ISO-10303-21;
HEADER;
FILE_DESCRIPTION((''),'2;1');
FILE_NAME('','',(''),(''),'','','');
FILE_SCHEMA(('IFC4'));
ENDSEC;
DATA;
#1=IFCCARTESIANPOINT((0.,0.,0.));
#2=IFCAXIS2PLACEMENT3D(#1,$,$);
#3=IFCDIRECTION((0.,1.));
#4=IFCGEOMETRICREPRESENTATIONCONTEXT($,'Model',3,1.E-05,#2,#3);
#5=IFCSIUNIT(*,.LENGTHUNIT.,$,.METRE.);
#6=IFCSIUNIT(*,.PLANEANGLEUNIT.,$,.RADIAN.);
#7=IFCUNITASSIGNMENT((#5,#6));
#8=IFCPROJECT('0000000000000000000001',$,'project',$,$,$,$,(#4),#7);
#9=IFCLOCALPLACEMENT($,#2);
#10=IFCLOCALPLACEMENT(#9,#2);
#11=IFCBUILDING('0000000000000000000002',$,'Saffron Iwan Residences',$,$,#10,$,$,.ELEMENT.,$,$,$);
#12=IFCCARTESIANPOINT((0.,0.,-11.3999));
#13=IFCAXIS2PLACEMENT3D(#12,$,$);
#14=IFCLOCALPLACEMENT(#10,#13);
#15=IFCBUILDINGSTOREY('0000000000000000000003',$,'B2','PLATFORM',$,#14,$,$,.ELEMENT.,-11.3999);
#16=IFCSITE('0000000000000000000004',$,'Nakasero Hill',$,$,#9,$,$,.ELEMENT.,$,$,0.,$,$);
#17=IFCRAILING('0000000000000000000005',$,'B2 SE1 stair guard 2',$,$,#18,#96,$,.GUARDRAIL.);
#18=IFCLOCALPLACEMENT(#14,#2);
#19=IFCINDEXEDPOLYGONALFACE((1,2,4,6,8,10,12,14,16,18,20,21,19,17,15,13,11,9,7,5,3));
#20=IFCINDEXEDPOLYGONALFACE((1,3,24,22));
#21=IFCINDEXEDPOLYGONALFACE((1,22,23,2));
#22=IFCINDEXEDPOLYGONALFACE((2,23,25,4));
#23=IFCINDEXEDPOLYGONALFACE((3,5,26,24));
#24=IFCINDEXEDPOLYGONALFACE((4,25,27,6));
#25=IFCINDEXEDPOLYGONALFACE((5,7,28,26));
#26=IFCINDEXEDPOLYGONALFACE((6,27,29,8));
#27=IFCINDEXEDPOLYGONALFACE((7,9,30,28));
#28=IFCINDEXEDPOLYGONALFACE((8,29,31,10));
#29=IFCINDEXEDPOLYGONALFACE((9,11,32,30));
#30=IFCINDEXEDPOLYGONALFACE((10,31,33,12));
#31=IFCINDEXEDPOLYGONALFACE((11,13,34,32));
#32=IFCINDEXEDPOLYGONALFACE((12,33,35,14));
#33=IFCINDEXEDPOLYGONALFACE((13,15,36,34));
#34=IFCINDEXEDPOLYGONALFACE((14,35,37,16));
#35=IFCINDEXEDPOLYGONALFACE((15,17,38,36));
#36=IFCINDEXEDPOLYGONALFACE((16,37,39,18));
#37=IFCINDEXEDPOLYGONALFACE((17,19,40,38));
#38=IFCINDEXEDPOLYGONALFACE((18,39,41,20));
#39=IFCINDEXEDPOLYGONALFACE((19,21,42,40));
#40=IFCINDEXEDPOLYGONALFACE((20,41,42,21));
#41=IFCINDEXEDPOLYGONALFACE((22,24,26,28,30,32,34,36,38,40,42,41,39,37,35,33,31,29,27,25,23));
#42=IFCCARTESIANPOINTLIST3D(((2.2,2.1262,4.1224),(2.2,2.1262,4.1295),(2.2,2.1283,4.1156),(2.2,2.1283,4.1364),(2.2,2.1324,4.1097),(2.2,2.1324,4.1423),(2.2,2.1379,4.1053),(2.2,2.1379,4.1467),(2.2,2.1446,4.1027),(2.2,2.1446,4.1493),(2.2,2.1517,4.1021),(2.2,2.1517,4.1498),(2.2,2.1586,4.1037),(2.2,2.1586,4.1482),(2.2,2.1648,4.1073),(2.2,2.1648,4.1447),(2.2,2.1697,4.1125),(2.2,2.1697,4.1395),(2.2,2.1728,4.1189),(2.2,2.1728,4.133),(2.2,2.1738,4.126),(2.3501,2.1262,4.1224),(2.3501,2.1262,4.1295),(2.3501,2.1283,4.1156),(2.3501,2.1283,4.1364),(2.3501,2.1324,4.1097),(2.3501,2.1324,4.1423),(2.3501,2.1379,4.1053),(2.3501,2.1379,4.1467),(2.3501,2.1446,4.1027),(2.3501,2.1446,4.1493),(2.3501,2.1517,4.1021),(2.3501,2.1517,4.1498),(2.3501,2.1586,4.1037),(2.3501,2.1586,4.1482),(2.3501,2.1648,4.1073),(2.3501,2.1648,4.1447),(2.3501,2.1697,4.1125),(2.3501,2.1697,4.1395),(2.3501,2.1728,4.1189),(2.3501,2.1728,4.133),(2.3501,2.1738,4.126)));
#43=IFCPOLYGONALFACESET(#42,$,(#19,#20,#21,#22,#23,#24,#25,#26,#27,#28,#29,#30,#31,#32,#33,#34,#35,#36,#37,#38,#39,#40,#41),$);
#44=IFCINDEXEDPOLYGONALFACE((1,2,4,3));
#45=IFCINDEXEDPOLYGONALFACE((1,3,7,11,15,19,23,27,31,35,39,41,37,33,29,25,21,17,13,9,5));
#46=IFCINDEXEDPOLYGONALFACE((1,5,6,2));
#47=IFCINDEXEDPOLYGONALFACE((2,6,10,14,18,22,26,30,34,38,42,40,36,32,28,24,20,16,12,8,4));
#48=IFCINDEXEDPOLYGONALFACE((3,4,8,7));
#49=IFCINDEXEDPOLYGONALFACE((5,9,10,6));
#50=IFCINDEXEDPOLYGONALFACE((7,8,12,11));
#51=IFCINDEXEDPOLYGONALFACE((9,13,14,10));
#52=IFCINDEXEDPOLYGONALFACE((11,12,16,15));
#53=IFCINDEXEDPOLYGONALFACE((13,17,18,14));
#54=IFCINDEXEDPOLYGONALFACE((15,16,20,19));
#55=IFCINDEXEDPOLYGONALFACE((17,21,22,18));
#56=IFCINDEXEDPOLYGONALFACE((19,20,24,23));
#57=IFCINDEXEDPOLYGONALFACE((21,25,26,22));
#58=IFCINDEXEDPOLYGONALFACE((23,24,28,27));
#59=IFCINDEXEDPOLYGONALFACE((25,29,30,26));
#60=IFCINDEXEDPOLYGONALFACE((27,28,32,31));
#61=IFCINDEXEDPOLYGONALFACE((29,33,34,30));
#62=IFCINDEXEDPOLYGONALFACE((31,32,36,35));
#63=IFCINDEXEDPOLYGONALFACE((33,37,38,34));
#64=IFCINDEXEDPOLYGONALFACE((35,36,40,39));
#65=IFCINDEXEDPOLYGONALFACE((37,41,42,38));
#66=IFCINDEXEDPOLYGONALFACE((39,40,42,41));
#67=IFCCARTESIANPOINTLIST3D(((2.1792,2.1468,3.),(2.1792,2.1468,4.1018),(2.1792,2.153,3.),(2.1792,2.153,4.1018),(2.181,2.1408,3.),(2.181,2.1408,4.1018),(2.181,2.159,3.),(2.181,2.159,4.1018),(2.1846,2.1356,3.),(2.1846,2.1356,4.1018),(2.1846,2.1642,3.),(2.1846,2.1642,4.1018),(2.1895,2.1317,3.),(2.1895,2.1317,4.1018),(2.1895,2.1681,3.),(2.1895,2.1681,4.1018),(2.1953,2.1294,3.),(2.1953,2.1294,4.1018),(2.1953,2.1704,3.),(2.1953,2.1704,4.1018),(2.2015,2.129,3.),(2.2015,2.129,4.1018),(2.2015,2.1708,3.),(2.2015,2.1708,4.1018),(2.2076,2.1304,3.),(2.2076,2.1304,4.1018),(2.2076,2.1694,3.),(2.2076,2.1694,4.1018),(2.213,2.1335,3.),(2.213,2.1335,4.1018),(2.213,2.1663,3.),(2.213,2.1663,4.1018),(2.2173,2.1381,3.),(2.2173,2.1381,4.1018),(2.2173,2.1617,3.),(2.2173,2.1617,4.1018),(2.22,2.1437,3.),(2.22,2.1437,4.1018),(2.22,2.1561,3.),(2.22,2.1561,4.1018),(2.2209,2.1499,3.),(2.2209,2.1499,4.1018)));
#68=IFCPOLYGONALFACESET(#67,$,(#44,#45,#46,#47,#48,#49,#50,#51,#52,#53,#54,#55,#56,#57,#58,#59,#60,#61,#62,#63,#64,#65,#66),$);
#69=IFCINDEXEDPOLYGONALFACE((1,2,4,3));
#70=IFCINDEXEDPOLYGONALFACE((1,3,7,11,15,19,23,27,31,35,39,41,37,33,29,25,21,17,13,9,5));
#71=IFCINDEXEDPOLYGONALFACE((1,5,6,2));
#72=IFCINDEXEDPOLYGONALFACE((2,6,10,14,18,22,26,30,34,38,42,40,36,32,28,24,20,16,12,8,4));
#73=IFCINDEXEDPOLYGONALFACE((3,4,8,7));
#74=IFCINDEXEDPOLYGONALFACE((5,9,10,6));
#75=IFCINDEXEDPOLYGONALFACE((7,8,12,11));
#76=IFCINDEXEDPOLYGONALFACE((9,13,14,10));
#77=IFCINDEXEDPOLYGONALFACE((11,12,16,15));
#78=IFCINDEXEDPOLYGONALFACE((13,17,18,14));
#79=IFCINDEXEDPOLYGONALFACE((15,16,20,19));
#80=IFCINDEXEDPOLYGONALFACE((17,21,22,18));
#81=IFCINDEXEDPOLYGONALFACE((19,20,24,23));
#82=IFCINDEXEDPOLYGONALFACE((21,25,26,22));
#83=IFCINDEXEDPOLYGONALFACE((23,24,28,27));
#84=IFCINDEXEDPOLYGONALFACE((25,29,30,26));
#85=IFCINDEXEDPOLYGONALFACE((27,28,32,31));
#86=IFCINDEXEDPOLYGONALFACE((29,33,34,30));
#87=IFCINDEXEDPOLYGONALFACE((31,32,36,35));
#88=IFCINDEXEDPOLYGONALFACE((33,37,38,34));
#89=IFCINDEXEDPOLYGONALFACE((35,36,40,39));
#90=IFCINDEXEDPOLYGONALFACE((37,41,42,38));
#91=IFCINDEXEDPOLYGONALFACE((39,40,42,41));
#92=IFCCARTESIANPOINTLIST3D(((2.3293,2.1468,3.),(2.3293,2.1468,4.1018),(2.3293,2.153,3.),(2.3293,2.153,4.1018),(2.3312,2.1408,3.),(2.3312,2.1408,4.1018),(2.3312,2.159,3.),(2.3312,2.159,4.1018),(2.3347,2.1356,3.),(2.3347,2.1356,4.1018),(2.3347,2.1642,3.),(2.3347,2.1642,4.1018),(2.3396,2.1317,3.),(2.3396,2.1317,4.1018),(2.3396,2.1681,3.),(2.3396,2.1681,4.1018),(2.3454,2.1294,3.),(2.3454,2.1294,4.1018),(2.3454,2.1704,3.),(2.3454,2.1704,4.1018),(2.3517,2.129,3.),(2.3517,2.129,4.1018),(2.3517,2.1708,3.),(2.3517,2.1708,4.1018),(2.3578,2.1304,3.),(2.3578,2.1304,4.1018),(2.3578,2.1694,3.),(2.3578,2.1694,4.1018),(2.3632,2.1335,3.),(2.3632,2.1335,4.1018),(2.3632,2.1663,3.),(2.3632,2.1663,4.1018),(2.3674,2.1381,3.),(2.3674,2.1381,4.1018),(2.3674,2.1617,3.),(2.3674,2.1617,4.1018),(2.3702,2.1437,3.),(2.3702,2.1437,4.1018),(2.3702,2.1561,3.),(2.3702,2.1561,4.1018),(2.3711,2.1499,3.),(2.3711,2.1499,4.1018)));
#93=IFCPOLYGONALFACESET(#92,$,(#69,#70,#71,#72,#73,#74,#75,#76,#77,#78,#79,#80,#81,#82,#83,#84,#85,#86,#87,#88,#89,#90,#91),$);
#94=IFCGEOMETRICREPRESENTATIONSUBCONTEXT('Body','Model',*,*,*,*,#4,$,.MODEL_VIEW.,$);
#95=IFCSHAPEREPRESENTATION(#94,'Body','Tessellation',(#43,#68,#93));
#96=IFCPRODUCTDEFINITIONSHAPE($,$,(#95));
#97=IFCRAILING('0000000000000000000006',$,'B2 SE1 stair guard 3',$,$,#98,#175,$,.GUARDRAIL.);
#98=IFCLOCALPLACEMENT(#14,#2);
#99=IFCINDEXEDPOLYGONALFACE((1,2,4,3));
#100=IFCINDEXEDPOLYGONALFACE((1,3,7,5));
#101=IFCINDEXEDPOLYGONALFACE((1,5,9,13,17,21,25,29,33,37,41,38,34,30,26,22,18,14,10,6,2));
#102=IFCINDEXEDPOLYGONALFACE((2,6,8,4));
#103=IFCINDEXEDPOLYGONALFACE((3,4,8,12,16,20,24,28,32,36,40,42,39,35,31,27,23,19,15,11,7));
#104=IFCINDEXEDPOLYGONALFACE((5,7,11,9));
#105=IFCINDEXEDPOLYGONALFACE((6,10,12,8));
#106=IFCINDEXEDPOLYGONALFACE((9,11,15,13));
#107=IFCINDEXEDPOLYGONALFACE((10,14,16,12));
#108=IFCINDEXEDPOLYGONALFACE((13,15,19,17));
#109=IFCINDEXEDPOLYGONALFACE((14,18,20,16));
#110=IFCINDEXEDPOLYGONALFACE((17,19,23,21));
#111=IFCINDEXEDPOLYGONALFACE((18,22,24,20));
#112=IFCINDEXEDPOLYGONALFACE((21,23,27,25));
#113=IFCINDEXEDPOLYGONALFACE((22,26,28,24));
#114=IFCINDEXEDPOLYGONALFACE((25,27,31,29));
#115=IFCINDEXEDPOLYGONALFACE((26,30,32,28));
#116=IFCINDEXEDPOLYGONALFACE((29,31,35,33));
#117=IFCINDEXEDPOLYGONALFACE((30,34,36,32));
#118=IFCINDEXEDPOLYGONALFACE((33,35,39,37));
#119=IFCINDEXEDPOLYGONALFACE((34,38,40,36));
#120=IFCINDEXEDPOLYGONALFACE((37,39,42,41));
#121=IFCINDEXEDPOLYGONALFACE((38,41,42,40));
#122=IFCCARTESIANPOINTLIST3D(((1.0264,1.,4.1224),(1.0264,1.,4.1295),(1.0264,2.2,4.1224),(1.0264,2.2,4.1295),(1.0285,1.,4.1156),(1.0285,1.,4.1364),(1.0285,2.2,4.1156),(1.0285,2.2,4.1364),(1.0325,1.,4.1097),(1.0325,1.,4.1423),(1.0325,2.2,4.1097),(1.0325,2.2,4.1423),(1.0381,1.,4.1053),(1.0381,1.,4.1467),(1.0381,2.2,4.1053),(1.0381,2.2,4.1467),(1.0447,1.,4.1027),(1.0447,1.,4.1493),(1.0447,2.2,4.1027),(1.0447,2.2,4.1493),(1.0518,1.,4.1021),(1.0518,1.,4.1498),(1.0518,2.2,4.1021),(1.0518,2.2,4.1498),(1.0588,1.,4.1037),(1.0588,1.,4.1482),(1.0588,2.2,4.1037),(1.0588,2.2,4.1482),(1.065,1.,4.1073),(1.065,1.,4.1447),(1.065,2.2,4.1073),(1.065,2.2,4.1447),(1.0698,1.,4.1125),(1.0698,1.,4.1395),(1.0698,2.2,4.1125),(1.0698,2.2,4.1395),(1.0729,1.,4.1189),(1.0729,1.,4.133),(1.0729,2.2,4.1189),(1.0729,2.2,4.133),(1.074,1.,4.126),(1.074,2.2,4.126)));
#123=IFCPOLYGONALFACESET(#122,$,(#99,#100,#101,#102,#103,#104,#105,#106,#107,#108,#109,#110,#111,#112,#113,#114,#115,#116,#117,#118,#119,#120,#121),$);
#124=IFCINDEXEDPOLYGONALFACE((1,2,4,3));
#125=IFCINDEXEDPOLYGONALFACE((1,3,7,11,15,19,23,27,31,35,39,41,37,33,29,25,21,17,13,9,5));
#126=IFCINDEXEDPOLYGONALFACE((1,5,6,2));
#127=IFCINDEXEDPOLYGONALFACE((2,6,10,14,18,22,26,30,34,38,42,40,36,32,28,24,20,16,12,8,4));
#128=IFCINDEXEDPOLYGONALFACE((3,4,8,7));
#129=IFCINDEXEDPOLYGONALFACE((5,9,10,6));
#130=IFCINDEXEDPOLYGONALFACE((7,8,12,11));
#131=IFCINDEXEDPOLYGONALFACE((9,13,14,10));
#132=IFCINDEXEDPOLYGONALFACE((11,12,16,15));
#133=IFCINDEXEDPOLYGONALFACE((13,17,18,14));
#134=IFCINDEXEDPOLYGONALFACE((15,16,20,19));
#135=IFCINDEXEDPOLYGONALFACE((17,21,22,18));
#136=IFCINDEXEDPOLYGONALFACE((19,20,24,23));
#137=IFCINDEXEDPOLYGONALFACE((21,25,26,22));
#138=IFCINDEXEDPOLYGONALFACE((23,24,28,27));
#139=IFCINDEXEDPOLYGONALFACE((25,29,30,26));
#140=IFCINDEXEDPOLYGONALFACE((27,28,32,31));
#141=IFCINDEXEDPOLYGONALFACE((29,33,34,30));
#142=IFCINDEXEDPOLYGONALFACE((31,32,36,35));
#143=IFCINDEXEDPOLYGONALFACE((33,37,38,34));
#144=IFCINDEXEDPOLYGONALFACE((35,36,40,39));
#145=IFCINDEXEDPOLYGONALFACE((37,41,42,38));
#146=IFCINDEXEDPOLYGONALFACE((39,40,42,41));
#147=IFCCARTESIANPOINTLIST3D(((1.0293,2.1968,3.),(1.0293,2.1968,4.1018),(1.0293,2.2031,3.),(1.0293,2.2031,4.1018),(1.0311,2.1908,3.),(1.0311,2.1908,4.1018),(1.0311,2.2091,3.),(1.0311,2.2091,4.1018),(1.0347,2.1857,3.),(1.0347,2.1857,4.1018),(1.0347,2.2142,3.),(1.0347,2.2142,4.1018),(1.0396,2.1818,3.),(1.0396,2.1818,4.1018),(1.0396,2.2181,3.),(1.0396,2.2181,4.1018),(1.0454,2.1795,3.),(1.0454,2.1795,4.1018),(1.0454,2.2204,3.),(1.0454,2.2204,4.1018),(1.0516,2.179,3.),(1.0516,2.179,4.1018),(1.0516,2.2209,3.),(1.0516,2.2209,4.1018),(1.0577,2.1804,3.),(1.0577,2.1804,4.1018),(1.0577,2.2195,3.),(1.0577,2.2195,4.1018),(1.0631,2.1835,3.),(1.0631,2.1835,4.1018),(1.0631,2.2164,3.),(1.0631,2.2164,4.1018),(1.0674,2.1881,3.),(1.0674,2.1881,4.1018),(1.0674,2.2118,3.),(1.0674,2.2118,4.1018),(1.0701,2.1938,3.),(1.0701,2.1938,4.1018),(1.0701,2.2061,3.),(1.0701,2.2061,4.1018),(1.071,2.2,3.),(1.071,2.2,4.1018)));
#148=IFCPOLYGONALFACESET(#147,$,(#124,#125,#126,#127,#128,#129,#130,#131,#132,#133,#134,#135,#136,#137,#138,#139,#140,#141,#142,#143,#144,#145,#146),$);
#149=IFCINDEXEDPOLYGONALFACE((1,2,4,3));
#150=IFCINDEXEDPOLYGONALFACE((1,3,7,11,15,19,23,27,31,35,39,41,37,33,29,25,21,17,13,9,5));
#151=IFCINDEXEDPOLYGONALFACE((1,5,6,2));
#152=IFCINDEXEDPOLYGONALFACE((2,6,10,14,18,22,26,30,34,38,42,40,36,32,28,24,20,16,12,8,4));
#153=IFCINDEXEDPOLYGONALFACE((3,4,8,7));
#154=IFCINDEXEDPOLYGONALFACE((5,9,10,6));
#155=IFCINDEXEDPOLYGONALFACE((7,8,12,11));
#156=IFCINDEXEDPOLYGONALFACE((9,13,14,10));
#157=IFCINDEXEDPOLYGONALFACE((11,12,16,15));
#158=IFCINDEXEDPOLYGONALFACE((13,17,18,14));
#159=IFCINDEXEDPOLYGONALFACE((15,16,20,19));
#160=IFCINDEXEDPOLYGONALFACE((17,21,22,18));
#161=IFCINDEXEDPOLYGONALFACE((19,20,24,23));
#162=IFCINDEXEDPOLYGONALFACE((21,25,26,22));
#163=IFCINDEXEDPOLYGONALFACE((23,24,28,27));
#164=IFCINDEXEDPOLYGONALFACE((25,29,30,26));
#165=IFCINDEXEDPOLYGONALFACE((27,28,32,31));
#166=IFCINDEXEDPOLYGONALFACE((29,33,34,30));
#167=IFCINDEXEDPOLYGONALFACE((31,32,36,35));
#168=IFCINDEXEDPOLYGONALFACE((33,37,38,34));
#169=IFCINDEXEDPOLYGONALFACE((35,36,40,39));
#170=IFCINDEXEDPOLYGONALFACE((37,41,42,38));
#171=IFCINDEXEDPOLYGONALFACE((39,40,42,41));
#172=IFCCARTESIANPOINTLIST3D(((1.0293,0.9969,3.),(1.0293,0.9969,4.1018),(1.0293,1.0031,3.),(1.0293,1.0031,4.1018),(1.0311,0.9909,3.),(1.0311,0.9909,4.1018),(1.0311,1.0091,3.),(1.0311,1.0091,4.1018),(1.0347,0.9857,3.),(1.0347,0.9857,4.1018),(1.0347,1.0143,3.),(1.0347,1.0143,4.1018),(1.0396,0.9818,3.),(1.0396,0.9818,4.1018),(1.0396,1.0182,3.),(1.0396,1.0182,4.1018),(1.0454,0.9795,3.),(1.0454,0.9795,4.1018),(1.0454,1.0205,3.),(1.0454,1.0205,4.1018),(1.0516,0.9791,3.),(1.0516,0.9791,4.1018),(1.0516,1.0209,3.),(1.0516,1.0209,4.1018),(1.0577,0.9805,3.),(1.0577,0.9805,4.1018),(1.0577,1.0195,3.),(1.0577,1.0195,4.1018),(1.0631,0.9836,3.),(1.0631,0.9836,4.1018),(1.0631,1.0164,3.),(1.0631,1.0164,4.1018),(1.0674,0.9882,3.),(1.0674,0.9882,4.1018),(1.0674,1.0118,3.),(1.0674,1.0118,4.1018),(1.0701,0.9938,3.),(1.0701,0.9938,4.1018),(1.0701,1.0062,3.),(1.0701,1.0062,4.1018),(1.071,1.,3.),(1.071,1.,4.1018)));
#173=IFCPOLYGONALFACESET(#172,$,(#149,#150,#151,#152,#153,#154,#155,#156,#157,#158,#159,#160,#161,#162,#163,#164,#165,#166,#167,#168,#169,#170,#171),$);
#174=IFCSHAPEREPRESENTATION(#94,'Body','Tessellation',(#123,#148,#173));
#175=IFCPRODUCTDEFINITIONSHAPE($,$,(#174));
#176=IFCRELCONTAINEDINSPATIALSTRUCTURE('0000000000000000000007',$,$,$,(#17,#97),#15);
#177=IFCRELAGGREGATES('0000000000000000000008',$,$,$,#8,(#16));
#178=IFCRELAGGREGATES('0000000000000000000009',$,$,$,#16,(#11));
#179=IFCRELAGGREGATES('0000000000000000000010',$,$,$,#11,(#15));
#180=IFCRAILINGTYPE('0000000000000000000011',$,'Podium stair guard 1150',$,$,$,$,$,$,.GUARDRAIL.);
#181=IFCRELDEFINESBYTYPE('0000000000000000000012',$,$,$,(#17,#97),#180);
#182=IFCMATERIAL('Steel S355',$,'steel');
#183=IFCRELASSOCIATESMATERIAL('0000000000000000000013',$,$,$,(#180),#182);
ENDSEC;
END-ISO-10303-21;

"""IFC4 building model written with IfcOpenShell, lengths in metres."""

from ifc_helpers import new_model, si_unit, direction, frame, origin, origin_2d, place, context, subcontext, project, spatial, circle, extrude, material, type_object, element, save


model = new_model("IFC4")

# Units and contexts
model_context = context("Model", 3, precision=1e-05, world=origin(), true_north=direction((0.0, 1.0)))
body_context = subcontext(model_context, "Body", "Model", "MODEL_VIEW")
ifc_project = project(units=[si_unit("LENGTHUNIT", "METRE"), si_unit("PLANEANGLEUNIT", "RADIAN")], contexts=[model_context])

# Site, building, storey
site_placement = place(None, origin())
site = spatial("IfcSite", under=ifc_project, at=site_placement, Name="Nakasero Hill", CompositionType="ELEMENT", RefElevation=0.0)
building_placement = place(site_placement, origin())
building = spatial("IfcBuilding", under=site, at=building_placement, Name="Saffron Iwan Residences", CompositionType="ELEMENT")
storey_placement = place(building_placement, frame((0.0, 0.0, -11.3999)))
storey = spatial("IfcBuildingStorey", under=building, at=storey_placement, Name="B2", Description="PLATFORM", CompositionType="ELEMENT", Elevation=-11.3999)

# Railings
ifc_material_1 = material(Name="Steel S355", Category="steel")
railing_type_1 = type_object("IfcRailingType", Name="Podium stair guard 1150", PredefinedType="GUARDRAIL", material=ifc_material_1)
railing_1_placement = place(storey_placement, frame((2.2, 2.1499, 3.0)))
element("IfcRailing", 1, at=railing_1_placement, inside=storey, type_object=railing_type_1, Name="B2 SE1 stair guard 2", PredefinedType="GUARDRAIL", context=body_context, shape_type="SweptSolid", body=[
    extrude(circle(Radius=0.0239, at=origin_2d()), frame((0.0, 0.0, 1.126), z_axis=(1.0, 0.0, 0.0), x_axis=(0.0, 1.0, 0.0)), (0.0, 0.0, 1.0), 0.1501),
    extrude(circle(Radius=0.021, at=origin_2d()), origin(), (0.0, 0.0, 1.0), 1.1018),
    extrude(circle(Radius=0.021, at=origin_2d()), frame((0.1501, 0.0, 0.0)), (0.0, 0.0, 1.0), 1.1018),
])
railing_2_placement = place(storey_placement, frame((1.05, 2.2, 3.0)))
element("IfcRailing", 2, at=railing_2_placement, inside=storey, type_object=railing_type_1, Name="B2 SE1 stair guard 3", PredefinedType="GUARDRAIL", context=body_context, shape_type="SweptSolid", body=[
    extrude(circle(Radius=0.0239, at=origin_2d()), frame((0.0, 0.0, 1.126), z_axis=(0.0, -1.0, 0.0), x_axis=(1.0, 0.0, 0.0)), (0.0, 0.0, 1.0), 1.2),
    extrude(circle(Radius=0.021, at=origin_2d()), origin(), (0.0, 0.0, 1.0), 1.1018),
    extrude(circle(Radius=0.021, at=origin_2d()), frame((0.0, -1.2, 0.0)), (0.0, 0.0, 1.0), 1.1018),
])

save(model, "model.ifc")
